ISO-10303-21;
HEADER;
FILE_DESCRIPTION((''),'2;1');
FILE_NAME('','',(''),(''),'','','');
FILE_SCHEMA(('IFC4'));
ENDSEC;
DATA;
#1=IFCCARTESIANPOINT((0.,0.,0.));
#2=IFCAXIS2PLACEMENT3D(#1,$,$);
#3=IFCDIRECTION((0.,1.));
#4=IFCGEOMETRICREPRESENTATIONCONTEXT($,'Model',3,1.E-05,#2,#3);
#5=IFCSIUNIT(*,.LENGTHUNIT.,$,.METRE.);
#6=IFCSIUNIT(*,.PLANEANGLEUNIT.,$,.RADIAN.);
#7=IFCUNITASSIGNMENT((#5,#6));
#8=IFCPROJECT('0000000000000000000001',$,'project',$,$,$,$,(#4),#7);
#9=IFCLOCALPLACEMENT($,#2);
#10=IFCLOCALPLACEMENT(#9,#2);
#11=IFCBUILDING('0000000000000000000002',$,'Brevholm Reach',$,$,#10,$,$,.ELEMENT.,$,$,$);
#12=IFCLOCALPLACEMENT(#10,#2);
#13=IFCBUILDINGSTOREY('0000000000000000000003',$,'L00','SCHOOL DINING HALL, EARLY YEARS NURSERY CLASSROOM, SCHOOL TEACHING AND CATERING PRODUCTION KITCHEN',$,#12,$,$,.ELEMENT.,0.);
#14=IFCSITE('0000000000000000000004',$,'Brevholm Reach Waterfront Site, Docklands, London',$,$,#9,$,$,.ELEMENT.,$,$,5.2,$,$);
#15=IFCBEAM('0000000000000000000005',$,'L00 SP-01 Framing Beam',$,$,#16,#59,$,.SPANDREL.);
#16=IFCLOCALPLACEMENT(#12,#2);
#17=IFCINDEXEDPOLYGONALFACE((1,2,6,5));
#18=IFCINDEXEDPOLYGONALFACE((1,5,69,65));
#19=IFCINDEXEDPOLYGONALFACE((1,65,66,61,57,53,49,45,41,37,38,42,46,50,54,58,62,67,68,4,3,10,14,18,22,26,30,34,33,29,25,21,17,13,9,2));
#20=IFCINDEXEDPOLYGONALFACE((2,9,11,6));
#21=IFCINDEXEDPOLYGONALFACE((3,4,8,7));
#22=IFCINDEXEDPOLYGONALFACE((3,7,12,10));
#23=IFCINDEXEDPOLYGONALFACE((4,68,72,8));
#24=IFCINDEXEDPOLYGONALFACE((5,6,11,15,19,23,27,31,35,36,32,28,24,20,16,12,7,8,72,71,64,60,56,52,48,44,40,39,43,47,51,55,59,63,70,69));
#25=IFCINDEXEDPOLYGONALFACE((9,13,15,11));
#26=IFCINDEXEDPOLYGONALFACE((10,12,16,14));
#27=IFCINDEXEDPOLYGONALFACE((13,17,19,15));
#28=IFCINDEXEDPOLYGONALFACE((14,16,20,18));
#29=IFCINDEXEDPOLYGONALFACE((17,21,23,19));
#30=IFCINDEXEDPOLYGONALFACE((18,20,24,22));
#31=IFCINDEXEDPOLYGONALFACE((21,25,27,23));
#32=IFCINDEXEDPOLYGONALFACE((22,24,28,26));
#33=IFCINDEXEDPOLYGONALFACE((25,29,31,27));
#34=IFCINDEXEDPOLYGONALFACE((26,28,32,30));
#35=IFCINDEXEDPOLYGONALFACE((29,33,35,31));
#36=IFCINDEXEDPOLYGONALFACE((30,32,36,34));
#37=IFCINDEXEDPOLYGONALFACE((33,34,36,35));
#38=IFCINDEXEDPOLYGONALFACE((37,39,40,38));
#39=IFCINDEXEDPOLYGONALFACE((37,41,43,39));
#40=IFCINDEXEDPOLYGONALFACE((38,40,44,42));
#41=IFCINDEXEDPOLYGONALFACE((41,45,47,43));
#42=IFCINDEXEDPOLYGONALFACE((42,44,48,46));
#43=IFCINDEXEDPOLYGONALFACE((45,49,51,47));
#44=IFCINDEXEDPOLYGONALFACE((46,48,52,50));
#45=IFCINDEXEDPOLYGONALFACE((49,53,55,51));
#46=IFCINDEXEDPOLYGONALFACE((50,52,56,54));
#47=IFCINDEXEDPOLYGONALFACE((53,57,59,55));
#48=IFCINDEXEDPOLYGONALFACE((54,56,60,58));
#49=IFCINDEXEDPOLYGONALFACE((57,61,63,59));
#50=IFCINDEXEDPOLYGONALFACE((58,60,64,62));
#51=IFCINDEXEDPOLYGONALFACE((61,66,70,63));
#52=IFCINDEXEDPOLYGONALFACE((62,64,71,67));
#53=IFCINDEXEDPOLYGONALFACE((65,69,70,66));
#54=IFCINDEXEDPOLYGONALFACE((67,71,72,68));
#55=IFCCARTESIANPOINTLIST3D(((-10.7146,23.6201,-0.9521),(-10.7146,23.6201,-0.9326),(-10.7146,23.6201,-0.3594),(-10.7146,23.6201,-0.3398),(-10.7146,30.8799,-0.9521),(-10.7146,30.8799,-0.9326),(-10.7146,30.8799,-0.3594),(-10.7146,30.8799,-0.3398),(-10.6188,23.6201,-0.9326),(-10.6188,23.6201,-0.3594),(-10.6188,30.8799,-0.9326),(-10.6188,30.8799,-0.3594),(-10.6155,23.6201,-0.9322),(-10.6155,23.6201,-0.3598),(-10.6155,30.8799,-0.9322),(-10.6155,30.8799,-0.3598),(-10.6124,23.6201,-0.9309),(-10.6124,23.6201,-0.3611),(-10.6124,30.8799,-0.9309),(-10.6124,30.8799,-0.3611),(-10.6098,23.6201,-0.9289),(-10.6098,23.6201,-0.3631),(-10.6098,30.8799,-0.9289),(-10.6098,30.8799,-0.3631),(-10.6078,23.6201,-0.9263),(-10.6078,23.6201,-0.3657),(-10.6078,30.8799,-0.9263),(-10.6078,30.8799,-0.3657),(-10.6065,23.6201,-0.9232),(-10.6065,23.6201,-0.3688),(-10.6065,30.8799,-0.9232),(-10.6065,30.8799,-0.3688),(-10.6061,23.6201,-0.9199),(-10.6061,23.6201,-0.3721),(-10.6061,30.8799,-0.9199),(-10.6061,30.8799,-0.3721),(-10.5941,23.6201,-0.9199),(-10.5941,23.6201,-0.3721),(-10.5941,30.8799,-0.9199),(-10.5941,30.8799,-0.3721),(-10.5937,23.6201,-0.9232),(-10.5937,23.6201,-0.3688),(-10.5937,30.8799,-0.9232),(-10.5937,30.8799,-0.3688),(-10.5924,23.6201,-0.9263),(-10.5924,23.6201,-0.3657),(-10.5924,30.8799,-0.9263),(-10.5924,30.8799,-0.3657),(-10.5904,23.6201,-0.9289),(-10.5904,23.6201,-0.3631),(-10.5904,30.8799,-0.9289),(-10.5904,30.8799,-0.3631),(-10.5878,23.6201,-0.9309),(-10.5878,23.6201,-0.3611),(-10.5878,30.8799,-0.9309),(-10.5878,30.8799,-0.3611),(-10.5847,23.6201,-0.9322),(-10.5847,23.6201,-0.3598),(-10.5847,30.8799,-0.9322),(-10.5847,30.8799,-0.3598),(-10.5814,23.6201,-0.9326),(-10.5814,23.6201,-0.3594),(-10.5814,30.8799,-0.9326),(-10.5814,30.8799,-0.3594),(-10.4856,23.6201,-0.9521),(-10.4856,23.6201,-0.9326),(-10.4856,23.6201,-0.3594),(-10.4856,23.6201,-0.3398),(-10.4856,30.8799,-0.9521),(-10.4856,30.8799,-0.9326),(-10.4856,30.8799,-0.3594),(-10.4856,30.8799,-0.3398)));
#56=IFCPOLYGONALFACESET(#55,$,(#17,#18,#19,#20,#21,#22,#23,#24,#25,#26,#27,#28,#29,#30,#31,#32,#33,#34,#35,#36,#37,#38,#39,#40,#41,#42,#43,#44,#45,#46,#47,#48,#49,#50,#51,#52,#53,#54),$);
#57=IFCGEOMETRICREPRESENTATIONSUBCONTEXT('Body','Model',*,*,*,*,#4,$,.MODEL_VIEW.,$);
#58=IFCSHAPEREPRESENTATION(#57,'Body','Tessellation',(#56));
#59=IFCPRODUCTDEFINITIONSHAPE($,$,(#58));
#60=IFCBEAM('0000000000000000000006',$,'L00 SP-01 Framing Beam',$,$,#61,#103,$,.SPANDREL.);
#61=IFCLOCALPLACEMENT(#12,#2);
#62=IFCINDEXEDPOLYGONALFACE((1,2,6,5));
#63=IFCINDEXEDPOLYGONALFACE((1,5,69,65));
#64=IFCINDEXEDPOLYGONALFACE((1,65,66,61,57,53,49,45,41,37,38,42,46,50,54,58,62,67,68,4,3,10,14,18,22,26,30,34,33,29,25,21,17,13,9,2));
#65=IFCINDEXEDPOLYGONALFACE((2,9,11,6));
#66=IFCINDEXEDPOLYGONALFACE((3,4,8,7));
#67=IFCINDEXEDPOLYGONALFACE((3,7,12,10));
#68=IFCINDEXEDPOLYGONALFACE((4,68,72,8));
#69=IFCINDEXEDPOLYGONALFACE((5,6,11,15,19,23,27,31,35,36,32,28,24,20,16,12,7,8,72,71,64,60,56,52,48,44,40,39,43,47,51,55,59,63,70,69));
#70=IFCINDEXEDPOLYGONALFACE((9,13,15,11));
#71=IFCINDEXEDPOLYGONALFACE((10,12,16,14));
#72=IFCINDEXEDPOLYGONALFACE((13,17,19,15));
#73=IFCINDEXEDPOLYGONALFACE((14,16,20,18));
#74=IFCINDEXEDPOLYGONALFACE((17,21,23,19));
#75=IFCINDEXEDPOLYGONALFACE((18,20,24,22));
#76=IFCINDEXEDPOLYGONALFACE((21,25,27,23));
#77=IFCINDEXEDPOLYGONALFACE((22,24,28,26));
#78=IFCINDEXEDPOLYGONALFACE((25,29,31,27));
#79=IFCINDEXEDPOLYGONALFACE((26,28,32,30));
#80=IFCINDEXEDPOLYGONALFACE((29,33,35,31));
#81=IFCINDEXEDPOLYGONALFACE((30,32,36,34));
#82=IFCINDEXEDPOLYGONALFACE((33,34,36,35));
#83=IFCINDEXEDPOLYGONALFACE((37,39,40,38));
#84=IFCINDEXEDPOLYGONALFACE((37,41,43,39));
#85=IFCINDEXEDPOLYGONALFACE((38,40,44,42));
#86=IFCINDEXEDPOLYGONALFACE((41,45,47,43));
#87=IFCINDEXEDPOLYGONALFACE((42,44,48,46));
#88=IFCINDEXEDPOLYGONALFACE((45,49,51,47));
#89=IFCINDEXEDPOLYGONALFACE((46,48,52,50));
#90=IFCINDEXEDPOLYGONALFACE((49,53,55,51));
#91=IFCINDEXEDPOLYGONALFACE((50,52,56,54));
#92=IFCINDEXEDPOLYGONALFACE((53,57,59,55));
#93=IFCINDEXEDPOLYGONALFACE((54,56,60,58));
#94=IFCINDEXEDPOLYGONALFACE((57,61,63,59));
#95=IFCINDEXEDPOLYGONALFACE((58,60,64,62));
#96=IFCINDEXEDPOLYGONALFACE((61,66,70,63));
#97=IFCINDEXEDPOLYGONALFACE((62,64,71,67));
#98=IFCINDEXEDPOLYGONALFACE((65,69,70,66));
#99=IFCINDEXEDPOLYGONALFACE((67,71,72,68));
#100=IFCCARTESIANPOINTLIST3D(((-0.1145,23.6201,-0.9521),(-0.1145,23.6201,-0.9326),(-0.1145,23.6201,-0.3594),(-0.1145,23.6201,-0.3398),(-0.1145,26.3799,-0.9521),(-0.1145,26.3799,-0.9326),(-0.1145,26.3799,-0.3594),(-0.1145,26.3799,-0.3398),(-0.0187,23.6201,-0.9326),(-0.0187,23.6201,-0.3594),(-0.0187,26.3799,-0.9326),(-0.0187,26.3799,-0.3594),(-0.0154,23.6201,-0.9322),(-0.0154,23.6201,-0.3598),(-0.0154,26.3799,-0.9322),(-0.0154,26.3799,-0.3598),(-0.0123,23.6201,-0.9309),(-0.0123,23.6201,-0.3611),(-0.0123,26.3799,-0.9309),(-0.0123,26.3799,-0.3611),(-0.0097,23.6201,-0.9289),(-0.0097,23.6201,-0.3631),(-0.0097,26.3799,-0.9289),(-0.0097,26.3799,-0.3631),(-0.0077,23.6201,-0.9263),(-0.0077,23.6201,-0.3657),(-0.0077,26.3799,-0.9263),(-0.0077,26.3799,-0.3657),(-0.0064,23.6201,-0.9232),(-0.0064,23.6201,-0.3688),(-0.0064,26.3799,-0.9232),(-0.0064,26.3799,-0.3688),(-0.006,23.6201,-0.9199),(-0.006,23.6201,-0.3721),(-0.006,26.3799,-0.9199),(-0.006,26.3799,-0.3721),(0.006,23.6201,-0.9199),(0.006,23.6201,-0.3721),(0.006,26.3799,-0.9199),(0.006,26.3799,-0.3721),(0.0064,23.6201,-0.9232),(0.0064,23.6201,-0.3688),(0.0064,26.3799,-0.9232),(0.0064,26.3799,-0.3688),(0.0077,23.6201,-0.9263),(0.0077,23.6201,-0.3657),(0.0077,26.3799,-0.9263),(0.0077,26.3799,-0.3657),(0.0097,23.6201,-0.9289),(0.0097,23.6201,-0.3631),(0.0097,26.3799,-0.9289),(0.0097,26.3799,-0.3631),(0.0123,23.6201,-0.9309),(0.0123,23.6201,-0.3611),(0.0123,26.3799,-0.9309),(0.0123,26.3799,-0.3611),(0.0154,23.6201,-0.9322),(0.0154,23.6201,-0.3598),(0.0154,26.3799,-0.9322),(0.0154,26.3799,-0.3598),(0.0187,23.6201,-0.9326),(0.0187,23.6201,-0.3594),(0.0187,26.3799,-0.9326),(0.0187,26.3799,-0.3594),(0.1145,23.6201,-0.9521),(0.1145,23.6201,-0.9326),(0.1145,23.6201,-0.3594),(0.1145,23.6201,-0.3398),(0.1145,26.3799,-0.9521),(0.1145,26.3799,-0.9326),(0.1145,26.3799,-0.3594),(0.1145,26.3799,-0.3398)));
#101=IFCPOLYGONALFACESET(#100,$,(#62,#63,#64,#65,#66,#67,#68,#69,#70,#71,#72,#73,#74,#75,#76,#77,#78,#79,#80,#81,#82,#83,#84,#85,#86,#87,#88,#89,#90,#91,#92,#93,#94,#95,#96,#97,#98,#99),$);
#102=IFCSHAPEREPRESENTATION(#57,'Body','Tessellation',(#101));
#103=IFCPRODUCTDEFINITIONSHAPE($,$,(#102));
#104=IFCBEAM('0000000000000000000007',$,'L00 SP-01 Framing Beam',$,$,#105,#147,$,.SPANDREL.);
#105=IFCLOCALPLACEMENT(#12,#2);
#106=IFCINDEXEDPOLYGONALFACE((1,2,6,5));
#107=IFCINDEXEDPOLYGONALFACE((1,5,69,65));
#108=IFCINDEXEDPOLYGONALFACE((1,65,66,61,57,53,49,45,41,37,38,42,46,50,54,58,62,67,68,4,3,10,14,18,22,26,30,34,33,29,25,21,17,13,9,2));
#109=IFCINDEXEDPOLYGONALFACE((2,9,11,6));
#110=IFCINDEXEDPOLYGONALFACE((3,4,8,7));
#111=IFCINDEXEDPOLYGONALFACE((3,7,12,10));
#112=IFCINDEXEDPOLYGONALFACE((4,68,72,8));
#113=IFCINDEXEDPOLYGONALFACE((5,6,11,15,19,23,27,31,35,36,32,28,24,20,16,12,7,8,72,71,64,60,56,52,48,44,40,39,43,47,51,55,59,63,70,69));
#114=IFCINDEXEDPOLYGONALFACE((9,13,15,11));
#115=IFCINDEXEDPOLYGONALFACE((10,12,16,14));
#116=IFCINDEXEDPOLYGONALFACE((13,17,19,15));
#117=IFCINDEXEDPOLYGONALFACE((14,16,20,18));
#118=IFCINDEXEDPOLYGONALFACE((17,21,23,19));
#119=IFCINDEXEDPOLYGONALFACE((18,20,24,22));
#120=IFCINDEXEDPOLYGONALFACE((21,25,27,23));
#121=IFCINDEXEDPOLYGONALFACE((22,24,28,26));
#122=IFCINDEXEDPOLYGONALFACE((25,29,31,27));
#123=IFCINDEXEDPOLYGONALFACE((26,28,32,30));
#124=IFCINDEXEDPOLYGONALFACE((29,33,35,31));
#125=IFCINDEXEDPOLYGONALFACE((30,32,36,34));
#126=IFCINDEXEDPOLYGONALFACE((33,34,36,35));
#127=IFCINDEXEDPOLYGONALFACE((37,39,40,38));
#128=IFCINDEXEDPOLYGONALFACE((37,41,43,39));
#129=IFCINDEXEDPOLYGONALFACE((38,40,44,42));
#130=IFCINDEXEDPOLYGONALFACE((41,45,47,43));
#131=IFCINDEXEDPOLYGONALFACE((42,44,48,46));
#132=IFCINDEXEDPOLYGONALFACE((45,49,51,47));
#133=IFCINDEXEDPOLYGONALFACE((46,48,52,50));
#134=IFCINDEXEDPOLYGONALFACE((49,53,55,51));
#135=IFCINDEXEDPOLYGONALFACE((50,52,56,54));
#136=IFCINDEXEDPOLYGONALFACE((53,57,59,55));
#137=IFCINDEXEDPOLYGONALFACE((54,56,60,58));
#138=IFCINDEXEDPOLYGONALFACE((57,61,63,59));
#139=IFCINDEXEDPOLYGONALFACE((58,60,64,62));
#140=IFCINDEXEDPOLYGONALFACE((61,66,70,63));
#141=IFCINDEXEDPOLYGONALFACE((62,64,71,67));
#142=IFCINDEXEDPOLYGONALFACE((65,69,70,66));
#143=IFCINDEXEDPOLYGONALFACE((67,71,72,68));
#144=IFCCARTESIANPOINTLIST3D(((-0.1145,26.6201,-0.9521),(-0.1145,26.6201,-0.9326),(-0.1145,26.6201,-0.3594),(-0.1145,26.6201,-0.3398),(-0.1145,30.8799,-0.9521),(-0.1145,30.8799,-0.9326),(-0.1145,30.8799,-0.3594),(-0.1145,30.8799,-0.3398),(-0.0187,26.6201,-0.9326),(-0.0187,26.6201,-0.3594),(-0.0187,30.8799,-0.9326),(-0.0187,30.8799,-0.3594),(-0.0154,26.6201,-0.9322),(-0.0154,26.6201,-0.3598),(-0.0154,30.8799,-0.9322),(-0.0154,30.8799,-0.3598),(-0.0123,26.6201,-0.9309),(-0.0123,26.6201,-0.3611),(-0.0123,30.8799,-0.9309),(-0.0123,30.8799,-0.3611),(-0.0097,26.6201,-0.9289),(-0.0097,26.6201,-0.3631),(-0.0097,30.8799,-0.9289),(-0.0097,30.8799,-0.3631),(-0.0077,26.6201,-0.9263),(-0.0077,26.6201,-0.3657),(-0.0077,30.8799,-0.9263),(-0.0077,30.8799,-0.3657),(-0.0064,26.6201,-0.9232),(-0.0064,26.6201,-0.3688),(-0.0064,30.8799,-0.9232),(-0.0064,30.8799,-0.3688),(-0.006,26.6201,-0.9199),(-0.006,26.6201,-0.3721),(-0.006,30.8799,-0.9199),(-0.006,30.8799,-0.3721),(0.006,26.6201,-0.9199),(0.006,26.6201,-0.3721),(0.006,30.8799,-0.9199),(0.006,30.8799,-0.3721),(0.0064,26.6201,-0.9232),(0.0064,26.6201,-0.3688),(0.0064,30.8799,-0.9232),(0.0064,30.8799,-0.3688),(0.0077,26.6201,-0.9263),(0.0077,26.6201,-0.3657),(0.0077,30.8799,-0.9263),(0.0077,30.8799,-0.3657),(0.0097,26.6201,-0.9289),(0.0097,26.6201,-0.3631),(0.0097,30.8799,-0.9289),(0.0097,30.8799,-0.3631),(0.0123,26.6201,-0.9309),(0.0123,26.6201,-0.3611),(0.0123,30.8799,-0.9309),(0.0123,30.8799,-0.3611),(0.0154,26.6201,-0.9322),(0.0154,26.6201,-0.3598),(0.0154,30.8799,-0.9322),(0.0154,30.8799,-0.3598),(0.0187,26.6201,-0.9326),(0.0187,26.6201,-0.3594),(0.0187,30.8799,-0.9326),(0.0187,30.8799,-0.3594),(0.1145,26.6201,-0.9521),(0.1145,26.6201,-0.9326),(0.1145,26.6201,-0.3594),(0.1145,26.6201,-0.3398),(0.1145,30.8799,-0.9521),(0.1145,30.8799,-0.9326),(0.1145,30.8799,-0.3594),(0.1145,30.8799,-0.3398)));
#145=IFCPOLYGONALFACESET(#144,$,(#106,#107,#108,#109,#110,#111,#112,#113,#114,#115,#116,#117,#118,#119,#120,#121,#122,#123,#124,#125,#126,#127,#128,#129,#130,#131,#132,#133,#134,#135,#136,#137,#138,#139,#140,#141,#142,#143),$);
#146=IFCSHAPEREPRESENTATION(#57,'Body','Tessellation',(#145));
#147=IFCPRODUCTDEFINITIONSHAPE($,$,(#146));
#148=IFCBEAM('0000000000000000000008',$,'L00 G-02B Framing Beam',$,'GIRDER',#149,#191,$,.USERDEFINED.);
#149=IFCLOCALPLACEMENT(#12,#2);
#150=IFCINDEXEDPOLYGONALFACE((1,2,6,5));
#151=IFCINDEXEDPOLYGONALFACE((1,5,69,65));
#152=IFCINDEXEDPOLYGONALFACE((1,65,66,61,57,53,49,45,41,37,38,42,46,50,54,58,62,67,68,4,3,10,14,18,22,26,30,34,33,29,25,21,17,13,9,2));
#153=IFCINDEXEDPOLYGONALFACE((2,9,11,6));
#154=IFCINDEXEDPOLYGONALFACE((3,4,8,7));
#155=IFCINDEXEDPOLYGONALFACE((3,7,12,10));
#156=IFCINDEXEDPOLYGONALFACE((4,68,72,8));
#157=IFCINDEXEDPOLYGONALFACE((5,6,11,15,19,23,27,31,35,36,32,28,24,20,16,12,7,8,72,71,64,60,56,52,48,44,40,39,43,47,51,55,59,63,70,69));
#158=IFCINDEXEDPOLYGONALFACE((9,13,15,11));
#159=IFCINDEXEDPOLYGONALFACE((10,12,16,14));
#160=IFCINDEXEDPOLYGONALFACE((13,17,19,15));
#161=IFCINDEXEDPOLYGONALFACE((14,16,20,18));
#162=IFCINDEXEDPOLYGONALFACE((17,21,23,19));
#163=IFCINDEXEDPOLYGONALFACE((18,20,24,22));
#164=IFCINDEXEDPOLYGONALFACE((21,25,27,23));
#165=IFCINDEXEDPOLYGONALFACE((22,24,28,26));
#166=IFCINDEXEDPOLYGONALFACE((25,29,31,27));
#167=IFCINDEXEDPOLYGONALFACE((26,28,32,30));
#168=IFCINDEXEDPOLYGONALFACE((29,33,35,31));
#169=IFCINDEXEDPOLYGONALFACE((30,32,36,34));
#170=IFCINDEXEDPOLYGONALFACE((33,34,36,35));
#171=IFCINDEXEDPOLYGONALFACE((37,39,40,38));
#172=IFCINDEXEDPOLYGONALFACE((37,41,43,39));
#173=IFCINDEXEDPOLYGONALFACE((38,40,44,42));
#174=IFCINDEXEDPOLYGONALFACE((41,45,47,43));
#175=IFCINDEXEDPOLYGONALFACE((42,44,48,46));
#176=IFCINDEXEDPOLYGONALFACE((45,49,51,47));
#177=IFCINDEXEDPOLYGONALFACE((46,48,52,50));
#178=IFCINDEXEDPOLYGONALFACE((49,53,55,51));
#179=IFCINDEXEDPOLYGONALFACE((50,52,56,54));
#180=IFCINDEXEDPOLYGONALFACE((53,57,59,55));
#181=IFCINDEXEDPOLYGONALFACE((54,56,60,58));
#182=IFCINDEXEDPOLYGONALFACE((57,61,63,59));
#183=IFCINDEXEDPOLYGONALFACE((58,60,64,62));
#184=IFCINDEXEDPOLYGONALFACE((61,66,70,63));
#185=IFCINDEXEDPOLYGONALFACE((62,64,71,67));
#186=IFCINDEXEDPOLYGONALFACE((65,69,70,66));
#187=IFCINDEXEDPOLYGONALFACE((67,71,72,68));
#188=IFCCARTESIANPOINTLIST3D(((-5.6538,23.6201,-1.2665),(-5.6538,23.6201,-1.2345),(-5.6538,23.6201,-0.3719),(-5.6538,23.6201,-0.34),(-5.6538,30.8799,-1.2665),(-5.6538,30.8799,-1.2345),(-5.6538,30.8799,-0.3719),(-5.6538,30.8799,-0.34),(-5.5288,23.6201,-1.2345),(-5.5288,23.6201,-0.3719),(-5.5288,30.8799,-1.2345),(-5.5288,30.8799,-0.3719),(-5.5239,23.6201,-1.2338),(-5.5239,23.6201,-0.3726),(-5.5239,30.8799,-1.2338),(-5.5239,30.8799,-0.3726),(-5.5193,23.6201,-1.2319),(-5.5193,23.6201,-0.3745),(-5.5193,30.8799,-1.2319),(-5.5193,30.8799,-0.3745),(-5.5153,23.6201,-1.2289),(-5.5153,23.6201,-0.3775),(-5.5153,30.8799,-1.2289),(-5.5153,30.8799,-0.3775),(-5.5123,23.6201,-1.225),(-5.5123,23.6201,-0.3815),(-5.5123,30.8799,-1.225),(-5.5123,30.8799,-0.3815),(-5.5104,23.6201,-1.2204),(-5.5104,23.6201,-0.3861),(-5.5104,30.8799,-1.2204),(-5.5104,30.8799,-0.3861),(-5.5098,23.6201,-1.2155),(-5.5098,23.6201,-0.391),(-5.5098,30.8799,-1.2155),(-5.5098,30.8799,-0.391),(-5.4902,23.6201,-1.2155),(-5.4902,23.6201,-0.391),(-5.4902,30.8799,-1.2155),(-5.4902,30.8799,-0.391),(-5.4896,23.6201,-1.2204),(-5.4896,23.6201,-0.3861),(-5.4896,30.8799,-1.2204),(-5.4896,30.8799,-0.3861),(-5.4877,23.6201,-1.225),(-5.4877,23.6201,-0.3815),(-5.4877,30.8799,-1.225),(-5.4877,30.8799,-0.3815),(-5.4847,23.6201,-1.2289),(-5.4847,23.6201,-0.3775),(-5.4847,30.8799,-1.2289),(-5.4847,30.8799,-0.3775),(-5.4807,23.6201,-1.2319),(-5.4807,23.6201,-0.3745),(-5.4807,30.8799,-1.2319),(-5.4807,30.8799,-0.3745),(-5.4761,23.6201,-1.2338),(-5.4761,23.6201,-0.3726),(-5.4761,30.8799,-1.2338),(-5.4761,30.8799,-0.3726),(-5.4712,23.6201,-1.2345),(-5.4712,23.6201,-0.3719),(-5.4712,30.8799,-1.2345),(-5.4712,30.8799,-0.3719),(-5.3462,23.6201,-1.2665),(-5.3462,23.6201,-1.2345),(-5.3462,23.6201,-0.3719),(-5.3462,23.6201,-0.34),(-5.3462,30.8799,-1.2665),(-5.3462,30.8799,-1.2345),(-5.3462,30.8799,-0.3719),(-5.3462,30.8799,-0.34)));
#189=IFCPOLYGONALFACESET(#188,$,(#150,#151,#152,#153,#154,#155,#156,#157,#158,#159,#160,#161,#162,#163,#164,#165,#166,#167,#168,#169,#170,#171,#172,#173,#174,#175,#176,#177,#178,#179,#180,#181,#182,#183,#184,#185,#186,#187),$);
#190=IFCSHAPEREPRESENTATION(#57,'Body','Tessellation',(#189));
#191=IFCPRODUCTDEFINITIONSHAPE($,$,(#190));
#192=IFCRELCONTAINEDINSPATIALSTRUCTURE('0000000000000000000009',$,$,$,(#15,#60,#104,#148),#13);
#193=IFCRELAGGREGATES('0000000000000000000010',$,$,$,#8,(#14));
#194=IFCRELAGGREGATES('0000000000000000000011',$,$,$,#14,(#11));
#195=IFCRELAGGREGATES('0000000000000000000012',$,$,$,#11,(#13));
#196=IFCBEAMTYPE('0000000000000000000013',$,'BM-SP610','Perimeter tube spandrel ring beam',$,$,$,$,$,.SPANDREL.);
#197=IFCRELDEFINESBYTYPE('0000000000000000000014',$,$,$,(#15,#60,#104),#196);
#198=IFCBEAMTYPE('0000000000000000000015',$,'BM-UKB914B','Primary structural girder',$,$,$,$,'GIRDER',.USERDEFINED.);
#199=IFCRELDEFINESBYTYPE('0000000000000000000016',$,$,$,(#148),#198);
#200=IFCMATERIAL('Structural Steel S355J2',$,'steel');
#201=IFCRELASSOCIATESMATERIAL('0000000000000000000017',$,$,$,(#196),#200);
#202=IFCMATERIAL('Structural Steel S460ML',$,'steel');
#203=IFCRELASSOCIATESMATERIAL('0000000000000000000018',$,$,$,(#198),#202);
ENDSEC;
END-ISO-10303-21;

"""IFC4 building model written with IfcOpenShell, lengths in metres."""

from ifc_helpers import new_model, si_unit, direction, frame, origin, origin_2d, place, context, subcontext, project, spatial, i_section, extrude, material, material_profile, profile_set, type_object, element, save


model = new_model("IFC4")

# Units and contexts
model_context = context("Model", 3, precision=1e-05, world=origin(), true_north=direction((0.0, 1.0)))
body_context = subcontext(model_context, "Body", "Model", "MODEL_VIEW")
ifc_project = project(units=[si_unit("LENGTHUNIT", "METRE"), si_unit("PLANEANGLEUNIT", "RADIAN")], contexts=[model_context])

# Site, building, storey
site_placement = place(None, origin())
site = spatial("IfcSite", under=ifc_project, at=site_placement, Name="Brevholm Reach Waterfront Site, Docklands, London", CompositionType="ELEMENT", RefElevation=5.2)
building_placement = place(site_placement, origin())
building = spatial("IfcBuilding", under=site, at=building_placement, Name="Brevholm Reach", CompositionType="ELEMENT")
storey_placement = place(building_placement, origin())
storey = spatial("IfcBuildingStorey", under=building, at=storey_placement, Name="L00", Description="SCHOOL DINING HALL, EARLY YEARS NURSERY CLASSROOM, SCHOOL TEACHING AND CATERING PRODUCTION KITCHEN", CompositionType="ELEMENT", Elevation=0.0)

# Beams
ifc_material_1 = material(Name="Structural Steel S355J2", Category="steel")
ifc_material_profile_1 = material_profile(ifc_material_1, i_section(OverallWidth=0.229, OverallDepth=0.6123, WebThickness=0.012, FlangeThickness=0.0195, FilletRadius=0.0127, at=origin_2d()), Name="UKB 610x229x125")
ifc_profile_set_1 = profile_set([ifc_material_profile_1], Name="Structural Steel S355J2")
beam_type_1 = type_object("IfcBeamType", Name="BM-SP610", Description="Perimeter tube spandrel ring beam", PredefinedType="SPANDREL", material=ifc_profile_set_1)
beam_1_placement = place(storey_placement, frame((-10.6001, 23.6201, -0.646), z_axis=(0.0, 1.0, 0.0), x_axis=(-1.0, 0.0, 0.0)))
element("IfcBeam", 1, at=beam_1_placement, inside=storey, type_object=beam_type_1, Name="L00 SP-01 Framing Beam", PredefinedType="SPANDREL", context=body_context, shape_type="SweptSolid", body=[
    extrude(i_section(OverallWidth=0.229, OverallDepth=0.6123, WebThickness=0.012, FlangeThickness=0.0195, FilletRadius=0.0127, at=origin_2d()), origin(), (0.0, 0.0, 1.0), 7.2598),
])
beam_2_placement = place(storey_placement, frame((0.0, 23.6201, -0.646), z_axis=(0.0, 1.0, 0.0), x_axis=(-1.0, 0.0, 0.0)))
element("IfcBeam", 2, at=beam_2_placement, inside=storey, type_object=beam_type_1, Name="L00 SP-01 Framing Beam", PredefinedType="SPANDREL", context=body_context, shape_type="SweptSolid", body=[
    extrude(i_section(OverallWidth=0.229, OverallDepth=0.6123, WebThickness=0.012, FlangeThickness=0.0195, FilletRadius=0.0127, at=origin_2d()), origin(), (0.0, 0.0, 1.0), 2.7598),
])
beam_3_placement = place(storey_placement, frame((0.0, 26.6201, -0.646), z_axis=(0.0, 1.0, 0.0), x_axis=(-1.0, 0.0, 0.0)))
element("IfcBeam", 3, at=beam_3_placement, inside=storey, type_object=beam_type_1, Name="L00 SP-01 Framing Beam", PredefinedType="SPANDREL", context=body_context, shape_type="SweptSolid", body=[
    extrude(i_section(OverallWidth=0.229, OverallDepth=0.6123, WebThickness=0.012, FlangeThickness=0.0195, FilletRadius=0.0127, at=origin_2d()), origin(), (0.0, 0.0, 1.0), 4.2598),
])
ifc_material_2 = material(Name="Structural Steel S460ML", Category="steel")
ifc_material_profile_2 = material_profile(ifc_material_2, i_section(OverallWidth=0.3076, OverallDepth=0.9265, WebThickness=0.0195, FlangeThickness=0.032, FilletRadius=0.019, at=origin_2d()), Name="UKB 914x305x289")
ifc_profile_set_2 = profile_set([ifc_material_profile_2], Name="Structural Steel S460ML")
beam_type_2 = type_object("IfcBeamType", Name="BM-UKB914B", Description="Primary structural girder", ElementType="GIRDER", PredefinedType="USERDEFINED", material=ifc_profile_set_2)
beam_4_placement = place(storey_placement, frame((-5.5, 23.6201, -0.8032), z_axis=(0.0, 1.0, 0.0), x_axis=(-1.0, 0.0, 0.0)))
element("IfcBeam", 4, at=beam_4_placement, inside=storey, type_object=beam_type_2, Name="L00 G-02B Framing Beam", ObjectType="GIRDER", PredefinedType="USERDEFINED", context=body_context, shape_type="SweptSolid", body=[
    extrude(i_section(OverallWidth=0.3076, OverallDepth=0.9265, WebThickness=0.0195, FlangeThickness=0.032, FilletRadius=0.019, at=origin_2d()), origin(), (0.0, 0.0, 1.0), 7.2598),
])

save(model, "model.ifc")
